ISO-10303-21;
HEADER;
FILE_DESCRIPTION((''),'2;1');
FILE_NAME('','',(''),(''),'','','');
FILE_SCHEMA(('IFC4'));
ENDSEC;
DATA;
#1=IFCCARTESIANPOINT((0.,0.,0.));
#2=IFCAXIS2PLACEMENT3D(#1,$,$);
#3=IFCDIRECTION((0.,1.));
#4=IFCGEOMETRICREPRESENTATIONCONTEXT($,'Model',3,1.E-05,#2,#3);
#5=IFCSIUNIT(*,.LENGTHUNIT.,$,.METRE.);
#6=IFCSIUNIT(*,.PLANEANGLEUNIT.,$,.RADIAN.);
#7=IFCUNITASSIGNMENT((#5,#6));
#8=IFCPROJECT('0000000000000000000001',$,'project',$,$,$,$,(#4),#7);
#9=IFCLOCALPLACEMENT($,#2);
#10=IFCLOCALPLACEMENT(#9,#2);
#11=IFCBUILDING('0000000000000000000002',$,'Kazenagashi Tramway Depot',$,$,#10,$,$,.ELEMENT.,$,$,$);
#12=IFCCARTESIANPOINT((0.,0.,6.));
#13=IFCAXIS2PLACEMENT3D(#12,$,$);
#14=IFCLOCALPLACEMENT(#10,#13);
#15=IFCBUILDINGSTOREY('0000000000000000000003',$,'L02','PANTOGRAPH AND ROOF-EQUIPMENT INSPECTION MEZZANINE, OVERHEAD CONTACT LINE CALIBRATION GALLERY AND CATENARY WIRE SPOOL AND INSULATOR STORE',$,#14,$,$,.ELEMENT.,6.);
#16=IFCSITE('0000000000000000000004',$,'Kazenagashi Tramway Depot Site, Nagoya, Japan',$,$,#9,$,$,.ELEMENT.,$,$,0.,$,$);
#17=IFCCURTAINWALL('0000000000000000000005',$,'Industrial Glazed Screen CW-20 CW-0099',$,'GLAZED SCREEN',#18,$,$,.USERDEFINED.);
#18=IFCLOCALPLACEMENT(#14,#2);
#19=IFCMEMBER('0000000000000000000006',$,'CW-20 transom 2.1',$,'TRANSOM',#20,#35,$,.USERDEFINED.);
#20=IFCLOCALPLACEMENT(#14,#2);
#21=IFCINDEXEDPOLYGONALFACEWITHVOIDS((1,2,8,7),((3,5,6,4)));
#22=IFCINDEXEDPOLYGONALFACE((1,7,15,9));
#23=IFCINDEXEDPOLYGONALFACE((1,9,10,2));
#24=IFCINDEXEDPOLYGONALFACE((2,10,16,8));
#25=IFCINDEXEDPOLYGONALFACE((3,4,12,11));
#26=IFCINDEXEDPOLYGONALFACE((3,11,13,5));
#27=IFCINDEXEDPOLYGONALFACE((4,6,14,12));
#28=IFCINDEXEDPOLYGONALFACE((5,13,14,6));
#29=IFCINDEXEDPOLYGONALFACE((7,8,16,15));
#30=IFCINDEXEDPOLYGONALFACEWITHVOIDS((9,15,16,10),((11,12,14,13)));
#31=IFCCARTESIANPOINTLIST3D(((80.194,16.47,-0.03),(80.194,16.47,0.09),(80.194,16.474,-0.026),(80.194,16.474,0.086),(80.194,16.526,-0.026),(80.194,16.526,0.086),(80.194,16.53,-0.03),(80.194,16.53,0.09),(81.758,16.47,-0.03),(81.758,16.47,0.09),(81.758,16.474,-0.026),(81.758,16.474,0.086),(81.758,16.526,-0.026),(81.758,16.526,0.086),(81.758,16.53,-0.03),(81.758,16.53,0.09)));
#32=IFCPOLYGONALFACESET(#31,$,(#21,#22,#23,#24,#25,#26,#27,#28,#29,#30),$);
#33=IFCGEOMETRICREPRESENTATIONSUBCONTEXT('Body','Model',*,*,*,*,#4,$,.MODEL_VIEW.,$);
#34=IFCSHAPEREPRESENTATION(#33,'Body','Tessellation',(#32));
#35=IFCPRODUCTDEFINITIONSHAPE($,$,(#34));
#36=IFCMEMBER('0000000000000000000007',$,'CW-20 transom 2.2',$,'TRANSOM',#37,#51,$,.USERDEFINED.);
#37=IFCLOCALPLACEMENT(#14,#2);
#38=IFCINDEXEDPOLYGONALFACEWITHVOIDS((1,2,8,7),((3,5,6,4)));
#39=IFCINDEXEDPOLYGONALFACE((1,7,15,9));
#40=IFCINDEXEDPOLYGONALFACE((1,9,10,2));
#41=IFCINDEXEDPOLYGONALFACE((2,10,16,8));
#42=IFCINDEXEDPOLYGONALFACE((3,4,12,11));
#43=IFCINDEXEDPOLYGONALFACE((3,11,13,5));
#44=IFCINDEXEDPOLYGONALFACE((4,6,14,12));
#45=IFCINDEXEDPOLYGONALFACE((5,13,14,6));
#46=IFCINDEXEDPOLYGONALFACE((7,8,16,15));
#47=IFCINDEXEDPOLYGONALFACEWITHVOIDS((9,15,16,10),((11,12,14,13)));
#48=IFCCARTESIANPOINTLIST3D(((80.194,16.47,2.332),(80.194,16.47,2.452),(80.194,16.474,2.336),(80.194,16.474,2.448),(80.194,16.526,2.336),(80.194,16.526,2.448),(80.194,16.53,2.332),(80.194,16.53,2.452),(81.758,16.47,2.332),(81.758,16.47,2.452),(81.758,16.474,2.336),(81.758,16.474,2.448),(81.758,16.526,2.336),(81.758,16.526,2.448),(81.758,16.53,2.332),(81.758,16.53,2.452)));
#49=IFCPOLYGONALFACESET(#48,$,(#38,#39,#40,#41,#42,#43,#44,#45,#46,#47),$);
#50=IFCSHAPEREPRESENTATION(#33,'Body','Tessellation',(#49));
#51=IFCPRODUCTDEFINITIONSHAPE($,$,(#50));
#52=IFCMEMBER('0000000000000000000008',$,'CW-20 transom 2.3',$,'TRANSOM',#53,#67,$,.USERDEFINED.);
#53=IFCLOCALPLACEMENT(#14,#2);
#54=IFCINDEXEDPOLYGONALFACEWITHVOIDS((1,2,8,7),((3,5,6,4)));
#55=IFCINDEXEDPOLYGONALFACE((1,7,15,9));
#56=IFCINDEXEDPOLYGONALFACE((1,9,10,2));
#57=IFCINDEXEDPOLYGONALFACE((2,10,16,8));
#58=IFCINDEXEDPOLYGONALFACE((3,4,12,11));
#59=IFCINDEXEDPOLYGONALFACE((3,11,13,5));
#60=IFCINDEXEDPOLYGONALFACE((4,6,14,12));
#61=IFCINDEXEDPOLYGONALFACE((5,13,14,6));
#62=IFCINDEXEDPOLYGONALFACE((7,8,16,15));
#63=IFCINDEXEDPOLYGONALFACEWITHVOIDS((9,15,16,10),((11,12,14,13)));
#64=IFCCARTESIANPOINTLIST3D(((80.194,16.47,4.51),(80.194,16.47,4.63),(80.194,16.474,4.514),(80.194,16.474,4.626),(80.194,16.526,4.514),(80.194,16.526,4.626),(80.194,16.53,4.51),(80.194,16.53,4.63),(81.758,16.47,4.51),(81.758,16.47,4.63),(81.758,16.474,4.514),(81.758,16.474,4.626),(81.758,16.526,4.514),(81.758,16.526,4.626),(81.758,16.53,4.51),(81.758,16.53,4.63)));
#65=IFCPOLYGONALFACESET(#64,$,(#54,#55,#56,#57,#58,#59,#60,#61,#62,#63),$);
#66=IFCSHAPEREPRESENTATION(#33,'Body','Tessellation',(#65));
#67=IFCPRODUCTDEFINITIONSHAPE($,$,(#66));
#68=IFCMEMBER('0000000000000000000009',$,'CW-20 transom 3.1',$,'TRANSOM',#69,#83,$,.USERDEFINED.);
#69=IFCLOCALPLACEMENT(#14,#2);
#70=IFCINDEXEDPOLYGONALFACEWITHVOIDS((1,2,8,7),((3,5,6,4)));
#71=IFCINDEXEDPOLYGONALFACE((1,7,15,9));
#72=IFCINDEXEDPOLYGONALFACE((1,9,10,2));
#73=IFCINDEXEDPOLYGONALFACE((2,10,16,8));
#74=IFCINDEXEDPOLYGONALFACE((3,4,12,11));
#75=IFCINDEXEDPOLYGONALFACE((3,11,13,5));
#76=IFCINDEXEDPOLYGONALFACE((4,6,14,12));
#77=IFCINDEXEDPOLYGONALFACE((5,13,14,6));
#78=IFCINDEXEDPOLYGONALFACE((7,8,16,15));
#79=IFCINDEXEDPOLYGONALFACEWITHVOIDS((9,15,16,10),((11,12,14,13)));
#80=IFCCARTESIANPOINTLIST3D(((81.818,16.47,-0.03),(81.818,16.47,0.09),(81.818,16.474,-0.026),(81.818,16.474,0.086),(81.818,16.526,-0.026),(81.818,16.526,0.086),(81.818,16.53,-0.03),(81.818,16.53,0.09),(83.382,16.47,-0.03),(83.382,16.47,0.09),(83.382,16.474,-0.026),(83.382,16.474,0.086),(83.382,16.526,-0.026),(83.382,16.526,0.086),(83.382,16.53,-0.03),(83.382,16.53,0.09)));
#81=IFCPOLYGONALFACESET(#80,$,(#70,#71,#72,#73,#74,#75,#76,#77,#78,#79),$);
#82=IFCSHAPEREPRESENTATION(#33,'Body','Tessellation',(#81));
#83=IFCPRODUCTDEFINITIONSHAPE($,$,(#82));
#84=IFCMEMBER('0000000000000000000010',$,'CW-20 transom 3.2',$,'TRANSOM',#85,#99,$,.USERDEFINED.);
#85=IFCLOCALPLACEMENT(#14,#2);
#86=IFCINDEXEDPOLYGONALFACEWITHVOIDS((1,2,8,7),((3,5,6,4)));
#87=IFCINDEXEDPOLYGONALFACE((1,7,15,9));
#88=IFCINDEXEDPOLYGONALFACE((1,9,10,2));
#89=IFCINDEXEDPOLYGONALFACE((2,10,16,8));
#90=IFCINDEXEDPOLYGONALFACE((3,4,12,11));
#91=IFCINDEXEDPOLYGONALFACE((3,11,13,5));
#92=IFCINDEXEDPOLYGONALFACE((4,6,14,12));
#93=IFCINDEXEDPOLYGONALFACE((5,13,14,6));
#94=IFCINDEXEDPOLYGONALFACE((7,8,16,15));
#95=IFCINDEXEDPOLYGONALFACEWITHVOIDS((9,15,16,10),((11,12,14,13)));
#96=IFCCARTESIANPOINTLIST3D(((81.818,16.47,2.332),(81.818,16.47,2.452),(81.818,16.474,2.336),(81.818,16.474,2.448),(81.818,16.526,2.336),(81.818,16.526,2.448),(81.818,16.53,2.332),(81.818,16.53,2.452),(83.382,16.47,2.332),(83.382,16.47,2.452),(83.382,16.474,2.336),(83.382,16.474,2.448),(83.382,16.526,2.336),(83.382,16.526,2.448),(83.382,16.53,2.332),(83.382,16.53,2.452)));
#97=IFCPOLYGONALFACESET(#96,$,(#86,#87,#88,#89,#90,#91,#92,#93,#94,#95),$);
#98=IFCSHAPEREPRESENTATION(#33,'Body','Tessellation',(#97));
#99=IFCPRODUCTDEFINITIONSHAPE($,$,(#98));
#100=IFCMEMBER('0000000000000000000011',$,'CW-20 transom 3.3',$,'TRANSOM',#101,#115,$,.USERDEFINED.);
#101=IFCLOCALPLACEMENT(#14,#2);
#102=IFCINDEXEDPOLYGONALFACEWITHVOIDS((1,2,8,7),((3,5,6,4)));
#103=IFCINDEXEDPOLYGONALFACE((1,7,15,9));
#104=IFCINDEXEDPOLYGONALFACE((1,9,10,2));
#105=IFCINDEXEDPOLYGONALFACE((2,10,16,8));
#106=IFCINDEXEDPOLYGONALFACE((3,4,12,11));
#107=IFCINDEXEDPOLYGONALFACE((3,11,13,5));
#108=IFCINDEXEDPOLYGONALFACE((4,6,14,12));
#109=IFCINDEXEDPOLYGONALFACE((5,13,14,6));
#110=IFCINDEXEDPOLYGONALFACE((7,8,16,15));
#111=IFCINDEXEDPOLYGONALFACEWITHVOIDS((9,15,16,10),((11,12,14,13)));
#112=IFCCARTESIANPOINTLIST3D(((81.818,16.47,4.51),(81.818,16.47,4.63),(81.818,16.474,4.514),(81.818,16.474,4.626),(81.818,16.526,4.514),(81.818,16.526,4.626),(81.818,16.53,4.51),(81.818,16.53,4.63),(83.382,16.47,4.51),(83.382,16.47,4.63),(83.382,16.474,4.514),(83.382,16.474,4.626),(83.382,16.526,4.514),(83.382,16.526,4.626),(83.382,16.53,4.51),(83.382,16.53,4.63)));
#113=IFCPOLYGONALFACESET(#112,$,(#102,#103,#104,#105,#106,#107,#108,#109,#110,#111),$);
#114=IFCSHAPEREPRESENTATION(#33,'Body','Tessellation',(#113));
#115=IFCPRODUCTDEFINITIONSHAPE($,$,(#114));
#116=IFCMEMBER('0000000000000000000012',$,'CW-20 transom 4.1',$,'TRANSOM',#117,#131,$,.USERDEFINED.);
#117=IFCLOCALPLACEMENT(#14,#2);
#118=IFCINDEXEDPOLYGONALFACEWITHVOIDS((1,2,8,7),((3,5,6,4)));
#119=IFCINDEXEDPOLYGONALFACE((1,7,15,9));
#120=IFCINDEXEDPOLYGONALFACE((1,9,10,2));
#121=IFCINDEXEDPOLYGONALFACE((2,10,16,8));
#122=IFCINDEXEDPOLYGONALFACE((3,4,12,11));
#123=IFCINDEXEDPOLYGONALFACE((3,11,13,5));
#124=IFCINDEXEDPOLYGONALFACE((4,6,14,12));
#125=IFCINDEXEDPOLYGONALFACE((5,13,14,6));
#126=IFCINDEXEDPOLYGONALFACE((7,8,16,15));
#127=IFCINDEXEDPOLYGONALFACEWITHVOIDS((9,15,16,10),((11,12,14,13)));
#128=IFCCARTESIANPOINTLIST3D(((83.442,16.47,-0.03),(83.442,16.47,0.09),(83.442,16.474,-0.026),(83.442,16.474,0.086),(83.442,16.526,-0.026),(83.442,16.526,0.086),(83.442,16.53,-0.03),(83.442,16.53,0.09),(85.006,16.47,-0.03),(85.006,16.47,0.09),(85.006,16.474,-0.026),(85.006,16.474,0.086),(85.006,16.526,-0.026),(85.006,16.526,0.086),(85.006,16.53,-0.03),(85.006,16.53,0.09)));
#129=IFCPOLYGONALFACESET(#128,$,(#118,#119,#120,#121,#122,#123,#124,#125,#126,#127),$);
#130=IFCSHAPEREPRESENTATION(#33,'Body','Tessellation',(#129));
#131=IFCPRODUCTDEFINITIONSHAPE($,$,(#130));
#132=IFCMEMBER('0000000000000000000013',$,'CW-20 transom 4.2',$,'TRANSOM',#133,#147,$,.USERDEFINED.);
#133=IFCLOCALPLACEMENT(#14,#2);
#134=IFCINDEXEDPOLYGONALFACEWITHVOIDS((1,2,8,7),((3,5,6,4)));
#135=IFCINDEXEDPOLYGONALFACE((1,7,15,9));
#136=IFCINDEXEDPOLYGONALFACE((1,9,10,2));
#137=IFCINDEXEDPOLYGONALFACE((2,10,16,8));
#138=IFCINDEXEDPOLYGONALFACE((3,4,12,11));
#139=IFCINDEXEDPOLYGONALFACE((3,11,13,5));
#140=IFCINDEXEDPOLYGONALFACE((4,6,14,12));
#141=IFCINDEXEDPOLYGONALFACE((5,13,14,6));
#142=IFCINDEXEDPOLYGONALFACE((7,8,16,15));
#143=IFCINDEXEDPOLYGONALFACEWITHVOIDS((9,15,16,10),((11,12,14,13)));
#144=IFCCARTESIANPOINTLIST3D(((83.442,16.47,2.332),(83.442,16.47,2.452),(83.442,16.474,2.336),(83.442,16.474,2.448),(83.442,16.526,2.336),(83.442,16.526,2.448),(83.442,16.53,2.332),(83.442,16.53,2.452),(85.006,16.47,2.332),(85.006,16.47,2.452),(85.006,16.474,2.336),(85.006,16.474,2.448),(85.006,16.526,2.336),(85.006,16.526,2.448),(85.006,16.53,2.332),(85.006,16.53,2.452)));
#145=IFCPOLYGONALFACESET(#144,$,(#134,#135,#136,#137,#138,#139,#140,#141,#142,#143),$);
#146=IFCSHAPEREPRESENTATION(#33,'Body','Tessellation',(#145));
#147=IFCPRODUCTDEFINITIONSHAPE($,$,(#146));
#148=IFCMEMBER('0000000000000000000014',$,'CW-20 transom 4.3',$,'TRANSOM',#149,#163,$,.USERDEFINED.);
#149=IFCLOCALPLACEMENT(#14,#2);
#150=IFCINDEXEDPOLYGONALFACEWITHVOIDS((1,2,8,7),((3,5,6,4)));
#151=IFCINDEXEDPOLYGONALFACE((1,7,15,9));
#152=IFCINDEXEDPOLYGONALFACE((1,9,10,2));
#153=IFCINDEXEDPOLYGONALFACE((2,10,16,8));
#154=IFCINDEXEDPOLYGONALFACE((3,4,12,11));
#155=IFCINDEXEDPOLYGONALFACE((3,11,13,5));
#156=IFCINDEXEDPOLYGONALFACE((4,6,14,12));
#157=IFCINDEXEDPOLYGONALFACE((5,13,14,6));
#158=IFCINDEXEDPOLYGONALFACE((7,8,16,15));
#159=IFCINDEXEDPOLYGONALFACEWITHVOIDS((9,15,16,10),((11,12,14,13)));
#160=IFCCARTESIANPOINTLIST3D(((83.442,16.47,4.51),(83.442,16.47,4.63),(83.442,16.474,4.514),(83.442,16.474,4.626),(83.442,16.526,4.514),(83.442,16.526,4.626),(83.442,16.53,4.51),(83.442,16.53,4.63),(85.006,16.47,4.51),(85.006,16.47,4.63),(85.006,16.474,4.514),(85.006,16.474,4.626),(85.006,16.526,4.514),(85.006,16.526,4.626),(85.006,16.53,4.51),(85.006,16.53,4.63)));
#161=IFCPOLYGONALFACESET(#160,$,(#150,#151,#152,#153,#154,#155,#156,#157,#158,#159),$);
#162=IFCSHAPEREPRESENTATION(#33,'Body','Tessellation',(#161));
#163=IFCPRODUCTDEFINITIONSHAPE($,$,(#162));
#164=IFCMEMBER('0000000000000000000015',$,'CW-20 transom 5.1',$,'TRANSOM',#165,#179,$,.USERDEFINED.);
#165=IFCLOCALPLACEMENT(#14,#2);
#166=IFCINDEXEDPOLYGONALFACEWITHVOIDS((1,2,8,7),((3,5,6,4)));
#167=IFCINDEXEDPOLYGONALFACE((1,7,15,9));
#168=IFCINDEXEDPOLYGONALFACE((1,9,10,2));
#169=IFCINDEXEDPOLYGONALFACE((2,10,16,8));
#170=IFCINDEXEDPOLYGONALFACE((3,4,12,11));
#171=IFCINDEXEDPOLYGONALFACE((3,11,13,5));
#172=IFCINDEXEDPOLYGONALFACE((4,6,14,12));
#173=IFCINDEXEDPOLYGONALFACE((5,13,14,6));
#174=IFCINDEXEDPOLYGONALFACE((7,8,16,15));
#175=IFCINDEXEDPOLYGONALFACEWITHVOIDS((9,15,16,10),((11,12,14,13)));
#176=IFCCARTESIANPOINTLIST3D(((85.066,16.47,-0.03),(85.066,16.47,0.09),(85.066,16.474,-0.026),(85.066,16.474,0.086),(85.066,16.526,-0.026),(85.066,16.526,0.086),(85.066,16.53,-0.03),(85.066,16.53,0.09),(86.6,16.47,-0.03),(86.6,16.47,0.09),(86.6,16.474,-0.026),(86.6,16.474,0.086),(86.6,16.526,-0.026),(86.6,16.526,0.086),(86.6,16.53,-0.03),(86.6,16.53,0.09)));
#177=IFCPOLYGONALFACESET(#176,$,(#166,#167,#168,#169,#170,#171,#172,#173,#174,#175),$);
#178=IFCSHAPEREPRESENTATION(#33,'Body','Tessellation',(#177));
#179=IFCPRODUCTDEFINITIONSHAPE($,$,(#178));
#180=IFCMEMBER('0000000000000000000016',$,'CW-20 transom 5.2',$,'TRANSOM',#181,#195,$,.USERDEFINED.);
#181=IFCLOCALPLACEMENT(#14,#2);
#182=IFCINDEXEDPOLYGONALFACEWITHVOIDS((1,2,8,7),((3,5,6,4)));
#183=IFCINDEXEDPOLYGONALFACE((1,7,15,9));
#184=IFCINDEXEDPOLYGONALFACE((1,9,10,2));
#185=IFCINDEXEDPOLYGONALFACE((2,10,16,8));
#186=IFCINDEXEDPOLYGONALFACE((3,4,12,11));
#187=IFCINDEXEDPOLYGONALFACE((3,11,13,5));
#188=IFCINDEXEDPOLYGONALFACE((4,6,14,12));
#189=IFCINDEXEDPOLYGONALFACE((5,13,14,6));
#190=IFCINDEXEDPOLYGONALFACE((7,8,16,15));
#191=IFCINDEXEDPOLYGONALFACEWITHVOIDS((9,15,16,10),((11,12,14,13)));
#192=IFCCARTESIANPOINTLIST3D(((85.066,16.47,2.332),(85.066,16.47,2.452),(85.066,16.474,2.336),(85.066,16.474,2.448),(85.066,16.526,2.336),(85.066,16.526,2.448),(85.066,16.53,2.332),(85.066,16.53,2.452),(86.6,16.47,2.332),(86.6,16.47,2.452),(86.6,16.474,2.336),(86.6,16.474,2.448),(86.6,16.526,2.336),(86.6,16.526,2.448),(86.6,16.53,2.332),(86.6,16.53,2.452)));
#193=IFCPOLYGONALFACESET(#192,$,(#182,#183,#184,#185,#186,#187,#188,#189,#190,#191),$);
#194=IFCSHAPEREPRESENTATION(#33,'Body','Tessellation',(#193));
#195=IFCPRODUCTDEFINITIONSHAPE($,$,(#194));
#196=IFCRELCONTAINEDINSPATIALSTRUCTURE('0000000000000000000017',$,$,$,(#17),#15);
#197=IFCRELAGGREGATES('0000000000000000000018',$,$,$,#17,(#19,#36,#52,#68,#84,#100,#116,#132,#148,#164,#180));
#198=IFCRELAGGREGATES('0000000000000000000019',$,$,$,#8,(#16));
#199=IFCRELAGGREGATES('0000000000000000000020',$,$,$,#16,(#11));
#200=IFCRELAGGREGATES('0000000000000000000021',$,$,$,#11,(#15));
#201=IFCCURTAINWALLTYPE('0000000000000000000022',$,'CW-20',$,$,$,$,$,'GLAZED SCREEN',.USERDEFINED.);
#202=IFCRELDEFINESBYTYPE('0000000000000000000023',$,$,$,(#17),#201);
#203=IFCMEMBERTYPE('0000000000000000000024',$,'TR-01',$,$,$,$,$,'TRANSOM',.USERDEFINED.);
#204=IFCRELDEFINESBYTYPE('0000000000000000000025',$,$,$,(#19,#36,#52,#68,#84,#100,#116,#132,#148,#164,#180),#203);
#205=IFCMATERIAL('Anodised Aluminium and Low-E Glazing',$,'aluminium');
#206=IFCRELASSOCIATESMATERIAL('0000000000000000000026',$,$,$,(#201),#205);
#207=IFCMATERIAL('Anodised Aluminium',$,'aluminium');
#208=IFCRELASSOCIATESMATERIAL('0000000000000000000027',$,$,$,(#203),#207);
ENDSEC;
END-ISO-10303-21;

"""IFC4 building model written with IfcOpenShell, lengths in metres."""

from ifc_helpers import new_model, si_unit, direction, frame, origin, origin_2d, place, context, subcontext, project, spatial, hollow_rectangle, extrude, material, material_profile, profile_set, type_object, element, aggregate, save


model = new_model("IFC4")

# Units and contexts
model_context = context("Model", 3, precision=1e-05, world=origin(), true_north=direction((0.0, 1.0)))
body_context = subcontext(model_context, "Body", "Model", "MODEL_VIEW")
ifc_project = project(units=[si_unit("LENGTHUNIT", "METRE"), si_unit("PLANEANGLEUNIT", "RADIAN")], contexts=[model_context])

# Site, building, storey
site_placement = place(None, origin())
site = spatial("IfcSite", under=ifc_project, at=site_placement, Name="Kazenagashi Tramway Depot Site, Nagoya, Japan", CompositionType="ELEMENT", RefElevation=0.0)
building_placement = place(site_placement, origin())
building = spatial("IfcBuilding", under=site, at=building_placement, Name="Kazenagashi Tramway Depot", CompositionType="ELEMENT")
storey_placement = place(building_placement, frame((0.0, 0.0, 6.0)))
storey = spatial("IfcBuildingStorey", under=building, at=storey_placement, Name="L02", Description="PANTOGRAPH AND ROOF-EQUIPMENT INSPECTION MEZZANINE, OVERHEAD CONTACT LINE CALIBRATION GALLERY AND CATENARY WIRE SPOOL AND INSULATOR STORE", CompositionType="ELEMENT", Elevation=6.0)

# Curtain wall
ifc_material_1 = material(Name="Anodised Aluminium and Low-E Glazing", Category="aluminium")
curtain_wall_type = type_object("IfcCurtainWallType", Name="CW-20", ElementType="GLAZED SCREEN", PredefinedType="USERDEFINED", material=ifc_material_1)
curtain_wall_1_placement = place(storey_placement, origin())
curtain_wall_1 = element("IfcCurtainWall", 1, at=curtain_wall_1_placement, inside=storey, type_object=curtain_wall_type, Name="Industrial Glazed Screen CW-20 CW-0099", ObjectType="GLAZED SCREEN", PredefinedType="USERDEFINED")
ifc_material_2 = material(Name="Anodised Aluminium", Category="aluminium")

# Members
ifc_material_profile_1 = material_profile(ifc_material_2, hollow_rectangle(XDim=0.06, YDim=0.12, WallThickness=0.004, at=origin_2d()), Name="RHS-120x60x4")
ifc_profile_set_1 = profile_set([ifc_material_profile_1], Name="Anodised Aluminium")
member_type_1 = type_object("IfcMemberType", Name="TR-01", ElementType="TRANSOM", PredefinedType="USERDEFINED", material=ifc_profile_set_1)
member_1_placement = place(storey_placement, frame((80.194, 16.5, 0.03), z_axis=(1.0, 0.0, 0.0), x_axis=(0.0, 1.0, 0.0)))
member_1 = element("IfcMember", 2, at=member_1_placement, type_object=member_type_1, Name="CW-20 transom 2.1", ObjectType="TRANSOM", PredefinedType="USERDEFINED", context=body_context, shape_type="SweptSolid", body=[
    extrude(hollow_rectangle(XDim=0.06, YDim=0.12, WallThickness=0.004, at=origin_2d()), origin(), (0.0, 0.0, 1.0), 1.564),
])
member_2_placement = place(storey_placement, frame((80.194, 16.5, 2.392), z_axis=(1.0, 0.0, 0.0), x_axis=(0.0, 1.0, 0.0)))
member_2 = element("IfcMember", 3, at=member_2_placement, type_object=member_type_1, Name="CW-20 transom 2.2", ObjectType="TRANSOM", PredefinedType="USERDEFINED", context=body_context, shape_type="SweptSolid", body=[
    extrude(hollow_rectangle(XDim=0.06, YDim=0.12, WallThickness=0.004, at=origin_2d()), origin(), (0.0, 0.0, 1.0), 1.564),
])
member_3_placement = place(storey_placement, frame((80.194, 16.5, 4.57), z_axis=(1.0, 0.0, 0.0), x_axis=(0.0, 1.0, 0.0)))
member_3 = element("IfcMember", 4, at=member_3_placement, type_object=member_type_1, Name="CW-20 transom 2.3", ObjectType="TRANSOM", PredefinedType="USERDEFINED", context=body_context, shape_type="SweptSolid", body=[
    extrude(hollow_rectangle(XDim=0.06, YDim=0.12, WallThickness=0.004, at=origin_2d()), origin(), (0.0, 0.0, 1.0), 1.564),
])
member_4_placement = place(storey_placement, frame((81.818, 16.5, 0.03), z_axis=(1.0, 0.0, 0.0), x_axis=(0.0, 1.0, 0.0)))
member_4 = element("IfcMember", 5, at=member_4_placement, type_object=member_type_1, Name="CW-20 transom 3.1", ObjectType="TRANSOM", PredefinedType="USERDEFINED", context=body_context, shape_type="SweptSolid", body=[
    extrude(hollow_rectangle(XDim=0.06, YDim=0.12, WallThickness=0.004, at=origin_2d()), origin(), (0.0, 0.0, 1.0), 1.564),
])
member_5_placement = place(storey_placement, frame((81.818, 16.5, 2.392), z_axis=(1.0, 0.0, 0.0), x_axis=(0.0, 1.0, 0.0)))
member_5 = element("IfcMember", 6, at=member_5_placement, type_object=member_type_1, Name="CW-20 transom 3.2", ObjectType="TRANSOM", PredefinedType="USERDEFINED", context=body_context, shape_type="SweptSolid", body=[
    extrude(hollow_rectangle(XDim=0.06, YDim=0.12, WallThickness=0.004, at=origin_2d()), origin(), (0.0, 0.0, 1.0), 1.564),
])
member_6_placement = place(storey_placement, frame((81.818, 16.5, 4.57), z_axis=(1.0, 0.0, 0.0), x_axis=(0.0, 1.0, 0.0)))
member_6 = element("IfcMember", 7, at=member_6_placement, type_object=member_type_1, Name="CW-20 transom 3.3", ObjectType="TRANSOM", PredefinedType="USERDEFINED", context=body_context, shape_type="SweptSolid", body=[
    extrude(hollow_rectangle(XDim=0.06, YDim=0.12, WallThickness=0.004, at=origin_2d()), origin(), (0.0, 0.0, 1.0), 1.564),
])
member_7_placement = place(storey_placement, frame((83.442, 16.5, 0.03), z_axis=(1.0, 0.0, 0.0), x_axis=(0.0, 1.0, 0.0)))
member_7 = element("IfcMember", 8, at=member_7_placement, type_object=member_type_1, Name="CW-20 transom 4.1", ObjectType="TRANSOM", PredefinedType="USERDEFINED", context=body_context, shape_type="SweptSolid", body=[
    extrude(hollow_rectangle(XDim=0.06, YDim=0.12, WallThickness=0.004, at=origin_2d()), origin(), (0.0, 0.0, 1.0), 1.564),
])
member_8_placement = place(storey_placement, frame((83.442, 16.5, 2.392), z_axis=(1.0, 0.0, 0.0), x_axis=(0.0, 1.0, 0.0)))
member_8 = element("IfcMember", 9, at=member_8_placement, type_object=member_type_1, Name="CW-20 transom 4.2", ObjectType="TRANSOM", PredefinedType="USERDEFINED", context=body_context, shape_type="SweptSolid", body=[
    extrude(hollow_rectangle(XDim=0.06, YDim=0.12, WallThickness=0.004, at=origin_2d()), origin(), (0.0, 0.0, 1.0), 1.564),
])
member_9_placement = place(storey_placement, frame((83.442, 16.5, 4.57), z_axis=(1.0, 0.0, 0.0), x_axis=(0.0, 1.0, 0.0)))
member_9 = element("IfcMember", 10, at=member_9_placement, type_object=member_type_1, Name="CW-20 transom 4.3", ObjectType="TRANSOM", PredefinedType="USERDEFINED", context=body_context, shape_type="SweptSolid", body=[
    extrude(hollow_rectangle(XDim=0.06, YDim=0.12, WallThickness=0.004, at=origin_2d()), origin(), (0.0, 0.0, 1.0), 1.564),
])
member_10_placement = place(storey_placement, frame((85.066, 16.5, 0.03), z_axis=(1.0, 0.0, 0.0), x_axis=(0.0, 1.0, 0.0)))
member_10 = element("IfcMember", 11, at=member_10_placement, type_object=member_type_1, Name="CW-20 transom 5.1", ObjectType="TRANSOM", PredefinedType="USERDEFINED", context=body_context, shape_type="SweptSolid", body=[
    extrude(hollow_rectangle(XDim=0.06, YDim=0.12, WallThickness=0.004, at=origin_2d()), origin(), (0.0, 0.0, 1.0), 1.534),
])
member_11_placement = place(storey_placement, frame((85.066, 16.5, 2.392), z_axis=(1.0, 0.0, 0.0), x_axis=(0.0, 1.0, 0.0)))
member_11 = element("IfcMember", 12, at=member_11_placement, type_object=member_type_1, Name="CW-20 transom 5.2", ObjectType="TRANSOM", PredefinedType="USERDEFINED", context=body_context, shape_type="SweptSolid", body=[
    extrude(hollow_rectangle(XDim=0.06, YDim=0.12, WallThickness=0.004, at=origin_2d()), origin(), (0.0, 0.0, 1.0), 1.534),
])

aggregate(curtain_wall_1, [member_1, member_2, member_3, member_4, member_5, member_6, member_7, member_8, member_9, member_10, member_11])

save(model, "model.ifc")
